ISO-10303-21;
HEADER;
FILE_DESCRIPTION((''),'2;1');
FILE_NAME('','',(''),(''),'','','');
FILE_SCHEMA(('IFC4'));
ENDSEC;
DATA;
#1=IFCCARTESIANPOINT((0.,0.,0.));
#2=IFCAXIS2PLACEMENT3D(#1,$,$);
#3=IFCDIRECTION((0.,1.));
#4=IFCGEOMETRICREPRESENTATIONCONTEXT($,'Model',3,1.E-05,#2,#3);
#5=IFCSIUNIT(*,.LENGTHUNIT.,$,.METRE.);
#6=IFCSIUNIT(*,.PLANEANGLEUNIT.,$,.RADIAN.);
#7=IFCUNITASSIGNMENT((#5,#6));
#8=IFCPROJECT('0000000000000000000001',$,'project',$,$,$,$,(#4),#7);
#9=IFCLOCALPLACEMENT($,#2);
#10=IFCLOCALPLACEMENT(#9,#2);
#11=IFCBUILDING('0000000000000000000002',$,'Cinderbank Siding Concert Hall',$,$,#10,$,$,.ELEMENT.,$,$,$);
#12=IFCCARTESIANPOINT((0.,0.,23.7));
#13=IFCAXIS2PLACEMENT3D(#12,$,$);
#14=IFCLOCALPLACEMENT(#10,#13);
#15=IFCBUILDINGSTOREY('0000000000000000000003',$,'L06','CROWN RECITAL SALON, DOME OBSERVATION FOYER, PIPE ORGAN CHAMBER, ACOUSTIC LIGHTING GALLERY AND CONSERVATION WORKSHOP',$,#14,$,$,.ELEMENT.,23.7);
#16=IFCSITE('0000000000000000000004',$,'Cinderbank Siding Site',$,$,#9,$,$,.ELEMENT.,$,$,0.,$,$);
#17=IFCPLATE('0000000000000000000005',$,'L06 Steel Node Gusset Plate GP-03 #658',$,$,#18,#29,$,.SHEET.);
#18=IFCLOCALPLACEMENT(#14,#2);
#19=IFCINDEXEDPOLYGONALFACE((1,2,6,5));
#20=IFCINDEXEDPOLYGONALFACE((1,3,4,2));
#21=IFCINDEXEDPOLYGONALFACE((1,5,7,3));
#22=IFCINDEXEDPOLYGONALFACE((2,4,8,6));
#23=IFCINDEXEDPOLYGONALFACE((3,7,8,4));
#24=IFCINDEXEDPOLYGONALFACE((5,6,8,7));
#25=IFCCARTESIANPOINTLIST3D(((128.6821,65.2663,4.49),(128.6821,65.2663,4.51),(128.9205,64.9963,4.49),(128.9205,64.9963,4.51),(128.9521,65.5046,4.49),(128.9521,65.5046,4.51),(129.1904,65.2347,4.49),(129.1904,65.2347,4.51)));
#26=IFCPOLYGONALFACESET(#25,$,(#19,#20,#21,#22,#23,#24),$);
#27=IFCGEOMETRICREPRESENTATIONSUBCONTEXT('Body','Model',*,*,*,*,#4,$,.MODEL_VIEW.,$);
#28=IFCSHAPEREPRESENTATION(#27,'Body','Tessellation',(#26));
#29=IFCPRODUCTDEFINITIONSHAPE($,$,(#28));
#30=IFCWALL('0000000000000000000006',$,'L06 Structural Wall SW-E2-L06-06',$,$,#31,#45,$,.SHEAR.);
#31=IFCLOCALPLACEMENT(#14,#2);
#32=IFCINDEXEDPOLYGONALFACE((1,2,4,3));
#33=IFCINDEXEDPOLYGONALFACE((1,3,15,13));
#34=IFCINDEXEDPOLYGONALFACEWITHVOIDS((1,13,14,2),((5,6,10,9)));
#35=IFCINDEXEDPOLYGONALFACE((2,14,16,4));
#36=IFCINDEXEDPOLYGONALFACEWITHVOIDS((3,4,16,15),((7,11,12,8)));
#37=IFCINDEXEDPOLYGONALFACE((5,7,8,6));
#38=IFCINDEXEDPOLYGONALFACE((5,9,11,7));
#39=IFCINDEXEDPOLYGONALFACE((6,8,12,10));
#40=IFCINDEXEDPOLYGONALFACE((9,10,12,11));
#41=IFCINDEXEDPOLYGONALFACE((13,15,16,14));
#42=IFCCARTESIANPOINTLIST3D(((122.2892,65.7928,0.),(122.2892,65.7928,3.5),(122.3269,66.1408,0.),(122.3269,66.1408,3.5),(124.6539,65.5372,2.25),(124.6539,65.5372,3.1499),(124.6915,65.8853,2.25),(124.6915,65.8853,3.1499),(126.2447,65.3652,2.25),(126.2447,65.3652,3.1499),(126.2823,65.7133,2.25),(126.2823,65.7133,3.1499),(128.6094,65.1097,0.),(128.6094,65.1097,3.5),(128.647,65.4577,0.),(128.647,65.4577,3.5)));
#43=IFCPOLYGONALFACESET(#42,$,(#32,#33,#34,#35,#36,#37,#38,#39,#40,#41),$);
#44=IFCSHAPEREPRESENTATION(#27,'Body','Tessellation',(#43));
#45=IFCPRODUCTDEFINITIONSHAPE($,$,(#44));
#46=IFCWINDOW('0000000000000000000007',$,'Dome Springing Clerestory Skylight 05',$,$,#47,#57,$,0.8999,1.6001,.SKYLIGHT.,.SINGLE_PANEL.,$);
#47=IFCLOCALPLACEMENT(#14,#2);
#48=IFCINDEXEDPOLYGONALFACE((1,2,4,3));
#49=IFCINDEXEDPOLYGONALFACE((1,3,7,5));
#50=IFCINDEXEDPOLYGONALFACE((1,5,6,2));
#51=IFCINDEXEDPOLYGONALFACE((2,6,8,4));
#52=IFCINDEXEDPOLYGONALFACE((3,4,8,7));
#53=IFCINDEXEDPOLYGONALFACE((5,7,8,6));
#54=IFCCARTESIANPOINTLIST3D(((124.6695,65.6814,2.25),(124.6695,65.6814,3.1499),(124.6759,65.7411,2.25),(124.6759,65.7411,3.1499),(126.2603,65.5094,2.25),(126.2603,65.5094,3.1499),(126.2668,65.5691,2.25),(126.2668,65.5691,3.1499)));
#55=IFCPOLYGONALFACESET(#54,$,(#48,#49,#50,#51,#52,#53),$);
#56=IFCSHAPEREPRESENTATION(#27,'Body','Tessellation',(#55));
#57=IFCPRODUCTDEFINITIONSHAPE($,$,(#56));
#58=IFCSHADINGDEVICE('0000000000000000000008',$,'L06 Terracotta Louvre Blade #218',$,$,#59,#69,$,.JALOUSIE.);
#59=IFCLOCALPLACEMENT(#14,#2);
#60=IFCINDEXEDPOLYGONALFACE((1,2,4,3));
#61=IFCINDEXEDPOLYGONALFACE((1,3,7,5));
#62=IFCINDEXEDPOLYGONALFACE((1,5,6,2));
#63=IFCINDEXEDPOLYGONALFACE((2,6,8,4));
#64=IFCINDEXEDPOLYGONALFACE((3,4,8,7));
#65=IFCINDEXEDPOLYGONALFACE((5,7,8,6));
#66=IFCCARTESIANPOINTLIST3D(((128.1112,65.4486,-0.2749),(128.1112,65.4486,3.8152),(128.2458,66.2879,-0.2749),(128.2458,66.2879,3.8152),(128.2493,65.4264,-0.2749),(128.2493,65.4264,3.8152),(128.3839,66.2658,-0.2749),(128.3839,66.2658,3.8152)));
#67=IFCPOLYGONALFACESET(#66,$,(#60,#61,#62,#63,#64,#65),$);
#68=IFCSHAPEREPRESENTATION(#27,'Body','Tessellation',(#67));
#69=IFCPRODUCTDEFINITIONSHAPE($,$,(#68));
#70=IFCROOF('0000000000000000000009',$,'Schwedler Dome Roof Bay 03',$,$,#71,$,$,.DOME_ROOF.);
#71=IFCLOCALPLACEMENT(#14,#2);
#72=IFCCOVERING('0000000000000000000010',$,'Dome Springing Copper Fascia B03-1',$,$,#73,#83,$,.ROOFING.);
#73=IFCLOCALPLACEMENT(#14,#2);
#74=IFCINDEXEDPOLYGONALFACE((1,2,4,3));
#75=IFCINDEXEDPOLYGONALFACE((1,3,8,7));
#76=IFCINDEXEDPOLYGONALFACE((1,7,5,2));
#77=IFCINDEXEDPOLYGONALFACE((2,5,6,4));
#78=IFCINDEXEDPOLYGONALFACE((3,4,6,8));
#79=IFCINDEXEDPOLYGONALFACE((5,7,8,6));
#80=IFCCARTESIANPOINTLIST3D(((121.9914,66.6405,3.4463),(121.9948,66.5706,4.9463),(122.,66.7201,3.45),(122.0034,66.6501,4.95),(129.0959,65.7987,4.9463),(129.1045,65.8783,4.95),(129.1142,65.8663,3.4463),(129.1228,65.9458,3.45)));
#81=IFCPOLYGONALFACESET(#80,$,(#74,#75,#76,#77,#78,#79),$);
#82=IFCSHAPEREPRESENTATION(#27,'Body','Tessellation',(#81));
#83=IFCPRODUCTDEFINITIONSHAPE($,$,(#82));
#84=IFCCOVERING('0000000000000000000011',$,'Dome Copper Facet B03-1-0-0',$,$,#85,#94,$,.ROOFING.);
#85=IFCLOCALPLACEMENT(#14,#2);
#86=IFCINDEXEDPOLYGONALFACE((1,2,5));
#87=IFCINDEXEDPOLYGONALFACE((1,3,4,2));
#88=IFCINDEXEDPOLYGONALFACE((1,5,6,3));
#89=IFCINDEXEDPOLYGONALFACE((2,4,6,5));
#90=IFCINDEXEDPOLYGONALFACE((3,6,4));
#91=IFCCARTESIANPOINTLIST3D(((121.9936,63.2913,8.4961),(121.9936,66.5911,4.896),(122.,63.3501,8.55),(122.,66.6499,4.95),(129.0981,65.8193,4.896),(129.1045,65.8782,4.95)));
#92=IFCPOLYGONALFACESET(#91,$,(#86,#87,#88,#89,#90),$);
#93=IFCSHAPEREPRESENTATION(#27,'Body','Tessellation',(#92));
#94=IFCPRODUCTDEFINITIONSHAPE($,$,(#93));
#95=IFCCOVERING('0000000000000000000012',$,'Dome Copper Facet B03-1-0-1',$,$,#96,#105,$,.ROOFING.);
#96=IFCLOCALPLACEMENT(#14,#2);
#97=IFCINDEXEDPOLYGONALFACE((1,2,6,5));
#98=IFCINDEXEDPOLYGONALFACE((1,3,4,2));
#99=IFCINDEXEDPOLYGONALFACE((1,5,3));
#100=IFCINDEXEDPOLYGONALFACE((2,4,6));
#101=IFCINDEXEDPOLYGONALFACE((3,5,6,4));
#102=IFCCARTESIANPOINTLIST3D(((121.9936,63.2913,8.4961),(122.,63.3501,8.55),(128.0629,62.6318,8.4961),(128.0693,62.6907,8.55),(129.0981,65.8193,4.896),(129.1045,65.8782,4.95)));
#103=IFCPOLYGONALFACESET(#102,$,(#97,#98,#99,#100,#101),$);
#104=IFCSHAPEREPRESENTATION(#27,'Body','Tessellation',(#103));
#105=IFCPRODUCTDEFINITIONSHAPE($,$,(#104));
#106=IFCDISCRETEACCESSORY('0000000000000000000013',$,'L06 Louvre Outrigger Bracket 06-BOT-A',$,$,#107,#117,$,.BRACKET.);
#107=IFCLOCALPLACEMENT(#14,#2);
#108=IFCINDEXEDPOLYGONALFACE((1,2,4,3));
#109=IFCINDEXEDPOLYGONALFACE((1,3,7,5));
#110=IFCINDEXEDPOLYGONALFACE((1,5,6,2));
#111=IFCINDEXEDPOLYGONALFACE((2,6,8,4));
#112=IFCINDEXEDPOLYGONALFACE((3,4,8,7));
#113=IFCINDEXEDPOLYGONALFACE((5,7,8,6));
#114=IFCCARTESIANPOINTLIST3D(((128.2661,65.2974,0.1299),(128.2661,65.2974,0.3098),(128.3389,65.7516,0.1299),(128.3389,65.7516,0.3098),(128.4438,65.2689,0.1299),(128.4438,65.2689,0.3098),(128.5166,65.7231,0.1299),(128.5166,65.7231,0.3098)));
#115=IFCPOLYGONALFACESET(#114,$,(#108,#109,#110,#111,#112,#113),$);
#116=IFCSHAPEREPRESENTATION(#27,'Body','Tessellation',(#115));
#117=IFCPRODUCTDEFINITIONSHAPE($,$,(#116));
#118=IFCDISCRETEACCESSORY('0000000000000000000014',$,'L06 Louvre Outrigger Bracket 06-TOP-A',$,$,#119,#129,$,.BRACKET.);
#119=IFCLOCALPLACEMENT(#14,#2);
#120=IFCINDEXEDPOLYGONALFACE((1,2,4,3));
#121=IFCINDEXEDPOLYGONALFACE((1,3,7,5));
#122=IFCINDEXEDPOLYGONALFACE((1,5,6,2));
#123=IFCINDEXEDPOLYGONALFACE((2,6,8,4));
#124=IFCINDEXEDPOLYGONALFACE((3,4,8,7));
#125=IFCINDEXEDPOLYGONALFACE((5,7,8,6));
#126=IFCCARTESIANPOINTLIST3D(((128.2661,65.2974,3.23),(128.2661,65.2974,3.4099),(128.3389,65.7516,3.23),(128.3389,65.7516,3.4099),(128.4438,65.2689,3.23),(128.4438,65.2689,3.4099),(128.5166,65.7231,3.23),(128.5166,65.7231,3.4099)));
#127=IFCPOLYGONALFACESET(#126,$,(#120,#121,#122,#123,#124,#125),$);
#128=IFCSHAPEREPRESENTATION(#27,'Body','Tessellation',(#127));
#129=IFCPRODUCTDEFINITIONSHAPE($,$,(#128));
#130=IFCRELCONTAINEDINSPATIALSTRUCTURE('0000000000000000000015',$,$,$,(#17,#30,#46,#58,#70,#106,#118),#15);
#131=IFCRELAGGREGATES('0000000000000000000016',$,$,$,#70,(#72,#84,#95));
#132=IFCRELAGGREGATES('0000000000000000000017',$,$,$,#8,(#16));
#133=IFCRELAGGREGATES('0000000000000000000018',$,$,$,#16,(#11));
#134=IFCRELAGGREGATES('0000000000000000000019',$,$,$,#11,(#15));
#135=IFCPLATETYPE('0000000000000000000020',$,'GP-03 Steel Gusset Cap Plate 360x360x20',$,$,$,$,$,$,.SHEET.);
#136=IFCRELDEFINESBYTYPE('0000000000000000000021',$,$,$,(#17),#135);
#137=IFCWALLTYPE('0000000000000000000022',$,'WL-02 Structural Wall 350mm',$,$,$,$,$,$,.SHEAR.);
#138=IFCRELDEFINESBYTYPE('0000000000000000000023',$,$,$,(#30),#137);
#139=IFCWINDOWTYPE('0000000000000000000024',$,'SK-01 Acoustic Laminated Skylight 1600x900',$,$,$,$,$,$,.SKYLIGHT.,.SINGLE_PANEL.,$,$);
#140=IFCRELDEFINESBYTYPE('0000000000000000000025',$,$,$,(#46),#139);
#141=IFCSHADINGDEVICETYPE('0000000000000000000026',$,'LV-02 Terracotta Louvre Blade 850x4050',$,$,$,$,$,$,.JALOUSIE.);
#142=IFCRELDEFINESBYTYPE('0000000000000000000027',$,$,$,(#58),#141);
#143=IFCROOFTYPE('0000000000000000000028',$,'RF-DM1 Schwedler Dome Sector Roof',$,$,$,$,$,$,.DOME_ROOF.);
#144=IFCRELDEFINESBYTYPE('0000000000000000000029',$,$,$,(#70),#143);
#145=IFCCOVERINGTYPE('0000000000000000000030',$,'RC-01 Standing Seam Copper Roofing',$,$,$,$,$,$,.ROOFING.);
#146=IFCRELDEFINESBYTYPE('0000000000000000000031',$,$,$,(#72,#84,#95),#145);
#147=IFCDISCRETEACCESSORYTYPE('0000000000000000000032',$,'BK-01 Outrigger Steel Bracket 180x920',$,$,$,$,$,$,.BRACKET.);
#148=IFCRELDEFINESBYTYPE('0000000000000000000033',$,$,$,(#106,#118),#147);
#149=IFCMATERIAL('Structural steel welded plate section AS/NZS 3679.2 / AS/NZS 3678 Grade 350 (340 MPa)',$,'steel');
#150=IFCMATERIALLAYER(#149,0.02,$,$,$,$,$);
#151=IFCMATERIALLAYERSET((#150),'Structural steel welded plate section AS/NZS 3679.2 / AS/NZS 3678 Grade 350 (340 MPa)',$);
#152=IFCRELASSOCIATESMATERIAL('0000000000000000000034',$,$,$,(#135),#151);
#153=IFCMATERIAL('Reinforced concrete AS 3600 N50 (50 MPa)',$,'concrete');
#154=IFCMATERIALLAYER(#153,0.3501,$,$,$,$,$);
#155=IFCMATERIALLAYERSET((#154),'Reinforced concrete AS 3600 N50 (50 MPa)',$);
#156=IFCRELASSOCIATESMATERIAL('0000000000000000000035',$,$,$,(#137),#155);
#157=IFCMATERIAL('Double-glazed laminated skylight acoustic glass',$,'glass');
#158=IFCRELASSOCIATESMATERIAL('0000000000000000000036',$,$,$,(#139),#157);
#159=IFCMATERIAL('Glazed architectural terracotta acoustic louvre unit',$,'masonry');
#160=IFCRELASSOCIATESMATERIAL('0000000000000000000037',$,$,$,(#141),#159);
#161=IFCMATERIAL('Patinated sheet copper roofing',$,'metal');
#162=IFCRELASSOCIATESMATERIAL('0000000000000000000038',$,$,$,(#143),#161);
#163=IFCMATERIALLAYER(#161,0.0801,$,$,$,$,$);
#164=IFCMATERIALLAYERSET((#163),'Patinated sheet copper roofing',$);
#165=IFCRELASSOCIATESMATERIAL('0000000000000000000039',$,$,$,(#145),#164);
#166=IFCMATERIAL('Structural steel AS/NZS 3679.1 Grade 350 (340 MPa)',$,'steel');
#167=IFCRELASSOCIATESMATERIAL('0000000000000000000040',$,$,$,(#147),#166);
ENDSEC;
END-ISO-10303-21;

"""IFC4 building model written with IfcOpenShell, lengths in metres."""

from ifc_helpers import new_model, si_unit, direction, frame, frame_2d, origin, origin_2d, place, context, subcontext, project, spatial, polyline, rectangle, outline, extrude, material, layer, layer_set, type_object, element, fill, aggregate, save


model = new_model("IFC4")

# Units and contexts
model_context = context("Model", 3, precision=1e-05, world=origin(), true_north=direction((0.0, 1.0)))
body_context = subcontext(model_context, "Body", "Model", "MODEL_VIEW")
ifc_project = project(units=[si_unit("LENGTHUNIT", "METRE"), si_unit("PLANEANGLEUNIT", "RADIAN")], contexts=[model_context])

# Site, building, storey
site_placement = place(None, origin())
site = spatial("IfcSite", under=ifc_project, at=site_placement, Name="Cinderbank Siding Site", CompositionType="ELEMENT", RefElevation=0.0)
building_placement = place(site_placement, origin())
building = spatial("IfcBuilding", under=site, at=building_placement, Name="Cinderbank Siding Concert Hall", CompositionType="ELEMENT")
storey_placement = place(building_placement, frame((0.0, 0.0, 23.7)))
storey = spatial("IfcBuildingStorey", under=building, at=storey_placement, Name="L06", Description="CROWN RECITAL SALON, DOME OBSERVATION FOYER, PIPE ORGAN CHAMBER, ACOUSTIC LIGHTING GALLERY AND CONSERVATION WORKSHOP", CompositionType="ELEMENT", Elevation=23.7)

# Shared definitions
ifc_material_1 = material(Name="Reinforced concrete AS 3600 N50 (50 MPa)", Category="concrete")

# Shared definitions
ifc_material_2 = material(Name="Structural steel welded plate section AS/NZS 3679.2 / AS/NZS 3678 Grade 350 (340 MPa)", Category="steel")

# Plate
ifc_layer_1 = layer(ifc_material_2, 0.02)
ifc_layer_set_1 = layer_set([ifc_layer_1], Name="Structural steel welded plate section AS/NZS 3679.2 / AS/NZS 3678 Grade 350 (340 MPa)")
plate_type_1 = type_object("IfcPlateType", Name="GP-03 Steel Gusset Cap Plate 360x360x20", PredefinedType="SHEET", material=ifc_layer_set_1)
plate_1_placement = place(storey_placement, frame((128.9363, 65.2505, 4.49), z_axis=(0.0, 0.0, 1.0), x_axis=(0.661835, -0.749649, 0.0)))
element("IfcPlate", 1, at=plate_1_placement, inside=storey, type_object=plate_type_1, Name="L06 Steel Node Gusset Plate GP-03 #658", PredefinedType="SHEET", context=body_context, shape_type="SweptSolid", body=[
    extrude(rectangle(XDim=0.3601, YDim=0.3601, at=origin_2d()), origin(), (0.0, 0.0, 1.0), 0.02),
])

# Wall, opening, window
ifc_layer_2 = layer(ifc_material_1, 0.3501)
ifc_layer_set_2 = layer_set([ifc_layer_2], Name="Reinforced concrete AS 3600 N50 (50 MPa)")
wall_type = type_object("IfcWallType", Name="WL-02 Structural Wall 350mm", PredefinedType="SHEAR", material=ifc_layer_set_2)
wall_placement = place(storey_placement, frame((128.6282, 65.2837, 0.0), z_axis=(0.0, 0.0, 1.0), x_axis=(-0.994209, 0.107459, 0.0)))
wall = element("IfcWall", 2, at=wall_placement, inside=storey, type_object=wall_type, Name="L06 Structural Wall SW-E2-L06-06", PredefinedType="SHEAR", context=body_context, shape_type="SweptSolid", body=[
    extrude(rectangle(XDim=6.3569, YDim=0.3501, at=frame_2d((3.1785, 0.0))), origin(), (0.0, 0.0, 1.0), 3.5),
])
opening_placement = place(wall_placement, frame((2.3784, 0.0, 2.25)))
opening = element("IfcOpeningElement", 3, at=opening_placement, cuts=wall, PredefinedType="OPENING", context=body_context, shape_type="SweptSolid", body=[
    extrude(rectangle(XDim=1.6001, YDim=0.8999, at=frame_2d((0.8, 0.45))), frame((0.0, 0.187, 0.0), z_axis=(0.0, -1.0, 0.0), x_axis=(1.0, 0.0, 0.0)), (0.0, 0.0, 1.0), 0.374),
])
ifc_material_3 = material(Name="Double-glazed laminated skylight acoustic glass", Category="glass")
window_type = type_object("IfcWindowType", Name="SK-01 Acoustic Laminated Skylight 1600x900", PartitioningType="SINGLE_PANEL", PredefinedType="SKYLIGHT", material=ifc_material_3)
window_placement = place(opening_placement, origin())
window = element("IfcWindow", 4, at=window_placement, inside=storey, type_object=window_type, Name="Dome Springing Clerestory Skylight 05", OverallHeight=0.8999, OverallWidth=1.6001, PartitioningType="SINGLE_PANEL", PredefinedType="SKYLIGHT", context=body_context, shape_type="SweptSolid", body=[
    extrude(rectangle(XDim=1.6001, YDim=0.8999, at=frame_2d((0.8, 0.45))), frame((0.0, 0.03, 0.0), z_axis=(0.0, -1.0, 0.0), x_axis=(1.0, 0.0, 0.0)), (0.0, 0.0, 1.0), 0.0601),
])
fill(opening, window)

# Shared definitions
ifc_material_4 = material(Name="Structural steel AS/NZS 3679.1 Grade 350 (340 MPa)", Category="steel")

# Shading device
ifc_material_5 = material(Name="Glazed architectural terracotta acoustic louvre unit", Category="masonry")
shading_device_type = type_object("IfcShadingDeviceType", Name="LV-02 Terracotta Louvre Blade 850x4050", PredefinedType="JALOUSIE", material=ifc_material_5)
shading_device_placement = place(storey_placement, frame((128.2476, 65.8572, -0.2749), z_axis=(0.0, 0.0, 1.0), x_axis=(0.158354, 0.987382, 0.0)))
element("IfcShadingDevice", 5, at=shading_device_placement, inside=storey, type_object=shading_device_type, Name="L06 Terracotta Louvre Blade #218", PredefinedType="JALOUSIE", context=body_context, shape_type="SweptSolid", body=[
    extrude(rectangle(XDim=0.8501, YDim=0.1399, at=origin_2d()), origin(), (0.0, 0.0, 1.0), 4.0901),
])

# Roof, coverings
ifc_material_6 = material(Name="Patinated sheet copper roofing", Category="metal")
roof_type = type_object("IfcRoofType", Name="RF-DM1 Schwedler Dome Sector Roof", PredefinedType="DOME_ROOF", material=ifc_material_6)
roof_placement = place(storey_placement, origin())
roof = element("IfcRoof", 6, at=roof_placement, inside=storey, type_object=roof_type, Name="Schwedler Dome Roof Bay 03", PredefinedType="DOME_ROOF")
ifc_layer_3 = layer(ifc_material_6, 0.0801)
ifc_layer_set_3 = layer_set([ifc_layer_3], Name="Patinated sheet copper roofing")
covering_type = type_object("IfcCoveringType", Name="RC-01 Standing Seam Copper Roofing", PredefinedType="ROOFING", material=ifc_layer_set_3)
covering_1_placement = place(storey_placement, frame((129.1228, 65.9458, 3.45), z_axis=(0.107949, 0.99309, 0.046036), x_axis=(-0.994144, 0.108064, 0.000001)))
covering_1 = element("IfcCovering", 7, at=covering_1_placement, type_object=covering_type, Name="Dome Springing Copper Fascia B03-1", PredefinedType="ROOFING", context=body_context, shape_type="SweptSolid", body=[
    extrude(outline(polyline([(0.0, 0.0), (7.1648, 0.0), (7.1538, 1.5016), (0.0109, 1.5016), (0.0, 0.0)])), origin(), (0.0, 0.0, -1.0), 0.0801),
])
covering_2_placement = place(storey_placement, frame((129.1045, 65.8782, 4.95), z_axis=(0.079821, 0.734831, 0.673537), x_axis=(-0.994152, 0.10799, 0.0)))
covering_2 = element("IfcCovering", 8, at=covering_2_placement, type_object=covering_type, Name="Dome Copper Facet B03-1-0-0", PredefinedType="ROOFING", context=body_context, shape_type="SweptSolid", body=[
    extrude(outline(polyline([(0.0, 0.0), (7.1463, 0.0), (6.7899, 4.8706), (0.0, 0.0)])), origin(), (0.0, 0.0, -1.0), 0.0801),
])
covering_3_placement = place(storey_placement, frame((129.1045, 65.8782, 4.95), z_axis=(0.079836, 0.734813, 0.673554), x_axis=(-0.850209, -0.30254, 0.430831)))
covering_3 = element("IfcCovering", 9, at=covering_3_placement, type_object=covering_type, Name="Dome Copper Facet B03-1-0-1", PredefinedType="ROOFING", context=body_context, shape_type="SweptSolid", body=[
    extrude(outline(polyline([(0.0, 0.0), (8.3562, 0.0), (3.3955, 3.5585), (0.0, 0.0)])), origin(), (0.0, 0.0, -1.0), 0.0801),
])
aggregate(roof, [covering_1, covering_2, covering_3])

# Discrete accessories
discrete_accessory_type = type_object("IfcDiscreteAccessoryType", Name="BK-01 Outrigger Steel Bracket 180x920", PredefinedType="BRACKET", material=ifc_material_4)
for number, where, z_axis, x_axis, name in (
    (10, (128.3914, 65.5103, 0.1299), (0.0, 0.0, 1.0), (0.158354, 0.987382, 0.0), "L06 Louvre Outrigger Bracket 06-BOT-A"),
    (11, (128.3914, 65.5103, 3.23), (0.0, 0.0, 1.0), (0.158354, 0.987382, 0.0), "L06 Louvre Outrigger Bracket 06-TOP-A"),
):
    element("IfcDiscreteAccessory", number, at=place(storey_placement, frame(where, z_axis=z_axis, x_axis=x_axis)), inside=storey, type_object=discrete_accessory_type, Name=name, PredefinedType="BRACKET", context=body_context, shape_type="SweptSolid", body=[
        extrude(rectangle(XDim=0.46, YDim=0.1799, at=origin_2d()), origin(), (0.0, 0.0, 1.0), 0.1799),
    ])

save(model, "model.ifc")
